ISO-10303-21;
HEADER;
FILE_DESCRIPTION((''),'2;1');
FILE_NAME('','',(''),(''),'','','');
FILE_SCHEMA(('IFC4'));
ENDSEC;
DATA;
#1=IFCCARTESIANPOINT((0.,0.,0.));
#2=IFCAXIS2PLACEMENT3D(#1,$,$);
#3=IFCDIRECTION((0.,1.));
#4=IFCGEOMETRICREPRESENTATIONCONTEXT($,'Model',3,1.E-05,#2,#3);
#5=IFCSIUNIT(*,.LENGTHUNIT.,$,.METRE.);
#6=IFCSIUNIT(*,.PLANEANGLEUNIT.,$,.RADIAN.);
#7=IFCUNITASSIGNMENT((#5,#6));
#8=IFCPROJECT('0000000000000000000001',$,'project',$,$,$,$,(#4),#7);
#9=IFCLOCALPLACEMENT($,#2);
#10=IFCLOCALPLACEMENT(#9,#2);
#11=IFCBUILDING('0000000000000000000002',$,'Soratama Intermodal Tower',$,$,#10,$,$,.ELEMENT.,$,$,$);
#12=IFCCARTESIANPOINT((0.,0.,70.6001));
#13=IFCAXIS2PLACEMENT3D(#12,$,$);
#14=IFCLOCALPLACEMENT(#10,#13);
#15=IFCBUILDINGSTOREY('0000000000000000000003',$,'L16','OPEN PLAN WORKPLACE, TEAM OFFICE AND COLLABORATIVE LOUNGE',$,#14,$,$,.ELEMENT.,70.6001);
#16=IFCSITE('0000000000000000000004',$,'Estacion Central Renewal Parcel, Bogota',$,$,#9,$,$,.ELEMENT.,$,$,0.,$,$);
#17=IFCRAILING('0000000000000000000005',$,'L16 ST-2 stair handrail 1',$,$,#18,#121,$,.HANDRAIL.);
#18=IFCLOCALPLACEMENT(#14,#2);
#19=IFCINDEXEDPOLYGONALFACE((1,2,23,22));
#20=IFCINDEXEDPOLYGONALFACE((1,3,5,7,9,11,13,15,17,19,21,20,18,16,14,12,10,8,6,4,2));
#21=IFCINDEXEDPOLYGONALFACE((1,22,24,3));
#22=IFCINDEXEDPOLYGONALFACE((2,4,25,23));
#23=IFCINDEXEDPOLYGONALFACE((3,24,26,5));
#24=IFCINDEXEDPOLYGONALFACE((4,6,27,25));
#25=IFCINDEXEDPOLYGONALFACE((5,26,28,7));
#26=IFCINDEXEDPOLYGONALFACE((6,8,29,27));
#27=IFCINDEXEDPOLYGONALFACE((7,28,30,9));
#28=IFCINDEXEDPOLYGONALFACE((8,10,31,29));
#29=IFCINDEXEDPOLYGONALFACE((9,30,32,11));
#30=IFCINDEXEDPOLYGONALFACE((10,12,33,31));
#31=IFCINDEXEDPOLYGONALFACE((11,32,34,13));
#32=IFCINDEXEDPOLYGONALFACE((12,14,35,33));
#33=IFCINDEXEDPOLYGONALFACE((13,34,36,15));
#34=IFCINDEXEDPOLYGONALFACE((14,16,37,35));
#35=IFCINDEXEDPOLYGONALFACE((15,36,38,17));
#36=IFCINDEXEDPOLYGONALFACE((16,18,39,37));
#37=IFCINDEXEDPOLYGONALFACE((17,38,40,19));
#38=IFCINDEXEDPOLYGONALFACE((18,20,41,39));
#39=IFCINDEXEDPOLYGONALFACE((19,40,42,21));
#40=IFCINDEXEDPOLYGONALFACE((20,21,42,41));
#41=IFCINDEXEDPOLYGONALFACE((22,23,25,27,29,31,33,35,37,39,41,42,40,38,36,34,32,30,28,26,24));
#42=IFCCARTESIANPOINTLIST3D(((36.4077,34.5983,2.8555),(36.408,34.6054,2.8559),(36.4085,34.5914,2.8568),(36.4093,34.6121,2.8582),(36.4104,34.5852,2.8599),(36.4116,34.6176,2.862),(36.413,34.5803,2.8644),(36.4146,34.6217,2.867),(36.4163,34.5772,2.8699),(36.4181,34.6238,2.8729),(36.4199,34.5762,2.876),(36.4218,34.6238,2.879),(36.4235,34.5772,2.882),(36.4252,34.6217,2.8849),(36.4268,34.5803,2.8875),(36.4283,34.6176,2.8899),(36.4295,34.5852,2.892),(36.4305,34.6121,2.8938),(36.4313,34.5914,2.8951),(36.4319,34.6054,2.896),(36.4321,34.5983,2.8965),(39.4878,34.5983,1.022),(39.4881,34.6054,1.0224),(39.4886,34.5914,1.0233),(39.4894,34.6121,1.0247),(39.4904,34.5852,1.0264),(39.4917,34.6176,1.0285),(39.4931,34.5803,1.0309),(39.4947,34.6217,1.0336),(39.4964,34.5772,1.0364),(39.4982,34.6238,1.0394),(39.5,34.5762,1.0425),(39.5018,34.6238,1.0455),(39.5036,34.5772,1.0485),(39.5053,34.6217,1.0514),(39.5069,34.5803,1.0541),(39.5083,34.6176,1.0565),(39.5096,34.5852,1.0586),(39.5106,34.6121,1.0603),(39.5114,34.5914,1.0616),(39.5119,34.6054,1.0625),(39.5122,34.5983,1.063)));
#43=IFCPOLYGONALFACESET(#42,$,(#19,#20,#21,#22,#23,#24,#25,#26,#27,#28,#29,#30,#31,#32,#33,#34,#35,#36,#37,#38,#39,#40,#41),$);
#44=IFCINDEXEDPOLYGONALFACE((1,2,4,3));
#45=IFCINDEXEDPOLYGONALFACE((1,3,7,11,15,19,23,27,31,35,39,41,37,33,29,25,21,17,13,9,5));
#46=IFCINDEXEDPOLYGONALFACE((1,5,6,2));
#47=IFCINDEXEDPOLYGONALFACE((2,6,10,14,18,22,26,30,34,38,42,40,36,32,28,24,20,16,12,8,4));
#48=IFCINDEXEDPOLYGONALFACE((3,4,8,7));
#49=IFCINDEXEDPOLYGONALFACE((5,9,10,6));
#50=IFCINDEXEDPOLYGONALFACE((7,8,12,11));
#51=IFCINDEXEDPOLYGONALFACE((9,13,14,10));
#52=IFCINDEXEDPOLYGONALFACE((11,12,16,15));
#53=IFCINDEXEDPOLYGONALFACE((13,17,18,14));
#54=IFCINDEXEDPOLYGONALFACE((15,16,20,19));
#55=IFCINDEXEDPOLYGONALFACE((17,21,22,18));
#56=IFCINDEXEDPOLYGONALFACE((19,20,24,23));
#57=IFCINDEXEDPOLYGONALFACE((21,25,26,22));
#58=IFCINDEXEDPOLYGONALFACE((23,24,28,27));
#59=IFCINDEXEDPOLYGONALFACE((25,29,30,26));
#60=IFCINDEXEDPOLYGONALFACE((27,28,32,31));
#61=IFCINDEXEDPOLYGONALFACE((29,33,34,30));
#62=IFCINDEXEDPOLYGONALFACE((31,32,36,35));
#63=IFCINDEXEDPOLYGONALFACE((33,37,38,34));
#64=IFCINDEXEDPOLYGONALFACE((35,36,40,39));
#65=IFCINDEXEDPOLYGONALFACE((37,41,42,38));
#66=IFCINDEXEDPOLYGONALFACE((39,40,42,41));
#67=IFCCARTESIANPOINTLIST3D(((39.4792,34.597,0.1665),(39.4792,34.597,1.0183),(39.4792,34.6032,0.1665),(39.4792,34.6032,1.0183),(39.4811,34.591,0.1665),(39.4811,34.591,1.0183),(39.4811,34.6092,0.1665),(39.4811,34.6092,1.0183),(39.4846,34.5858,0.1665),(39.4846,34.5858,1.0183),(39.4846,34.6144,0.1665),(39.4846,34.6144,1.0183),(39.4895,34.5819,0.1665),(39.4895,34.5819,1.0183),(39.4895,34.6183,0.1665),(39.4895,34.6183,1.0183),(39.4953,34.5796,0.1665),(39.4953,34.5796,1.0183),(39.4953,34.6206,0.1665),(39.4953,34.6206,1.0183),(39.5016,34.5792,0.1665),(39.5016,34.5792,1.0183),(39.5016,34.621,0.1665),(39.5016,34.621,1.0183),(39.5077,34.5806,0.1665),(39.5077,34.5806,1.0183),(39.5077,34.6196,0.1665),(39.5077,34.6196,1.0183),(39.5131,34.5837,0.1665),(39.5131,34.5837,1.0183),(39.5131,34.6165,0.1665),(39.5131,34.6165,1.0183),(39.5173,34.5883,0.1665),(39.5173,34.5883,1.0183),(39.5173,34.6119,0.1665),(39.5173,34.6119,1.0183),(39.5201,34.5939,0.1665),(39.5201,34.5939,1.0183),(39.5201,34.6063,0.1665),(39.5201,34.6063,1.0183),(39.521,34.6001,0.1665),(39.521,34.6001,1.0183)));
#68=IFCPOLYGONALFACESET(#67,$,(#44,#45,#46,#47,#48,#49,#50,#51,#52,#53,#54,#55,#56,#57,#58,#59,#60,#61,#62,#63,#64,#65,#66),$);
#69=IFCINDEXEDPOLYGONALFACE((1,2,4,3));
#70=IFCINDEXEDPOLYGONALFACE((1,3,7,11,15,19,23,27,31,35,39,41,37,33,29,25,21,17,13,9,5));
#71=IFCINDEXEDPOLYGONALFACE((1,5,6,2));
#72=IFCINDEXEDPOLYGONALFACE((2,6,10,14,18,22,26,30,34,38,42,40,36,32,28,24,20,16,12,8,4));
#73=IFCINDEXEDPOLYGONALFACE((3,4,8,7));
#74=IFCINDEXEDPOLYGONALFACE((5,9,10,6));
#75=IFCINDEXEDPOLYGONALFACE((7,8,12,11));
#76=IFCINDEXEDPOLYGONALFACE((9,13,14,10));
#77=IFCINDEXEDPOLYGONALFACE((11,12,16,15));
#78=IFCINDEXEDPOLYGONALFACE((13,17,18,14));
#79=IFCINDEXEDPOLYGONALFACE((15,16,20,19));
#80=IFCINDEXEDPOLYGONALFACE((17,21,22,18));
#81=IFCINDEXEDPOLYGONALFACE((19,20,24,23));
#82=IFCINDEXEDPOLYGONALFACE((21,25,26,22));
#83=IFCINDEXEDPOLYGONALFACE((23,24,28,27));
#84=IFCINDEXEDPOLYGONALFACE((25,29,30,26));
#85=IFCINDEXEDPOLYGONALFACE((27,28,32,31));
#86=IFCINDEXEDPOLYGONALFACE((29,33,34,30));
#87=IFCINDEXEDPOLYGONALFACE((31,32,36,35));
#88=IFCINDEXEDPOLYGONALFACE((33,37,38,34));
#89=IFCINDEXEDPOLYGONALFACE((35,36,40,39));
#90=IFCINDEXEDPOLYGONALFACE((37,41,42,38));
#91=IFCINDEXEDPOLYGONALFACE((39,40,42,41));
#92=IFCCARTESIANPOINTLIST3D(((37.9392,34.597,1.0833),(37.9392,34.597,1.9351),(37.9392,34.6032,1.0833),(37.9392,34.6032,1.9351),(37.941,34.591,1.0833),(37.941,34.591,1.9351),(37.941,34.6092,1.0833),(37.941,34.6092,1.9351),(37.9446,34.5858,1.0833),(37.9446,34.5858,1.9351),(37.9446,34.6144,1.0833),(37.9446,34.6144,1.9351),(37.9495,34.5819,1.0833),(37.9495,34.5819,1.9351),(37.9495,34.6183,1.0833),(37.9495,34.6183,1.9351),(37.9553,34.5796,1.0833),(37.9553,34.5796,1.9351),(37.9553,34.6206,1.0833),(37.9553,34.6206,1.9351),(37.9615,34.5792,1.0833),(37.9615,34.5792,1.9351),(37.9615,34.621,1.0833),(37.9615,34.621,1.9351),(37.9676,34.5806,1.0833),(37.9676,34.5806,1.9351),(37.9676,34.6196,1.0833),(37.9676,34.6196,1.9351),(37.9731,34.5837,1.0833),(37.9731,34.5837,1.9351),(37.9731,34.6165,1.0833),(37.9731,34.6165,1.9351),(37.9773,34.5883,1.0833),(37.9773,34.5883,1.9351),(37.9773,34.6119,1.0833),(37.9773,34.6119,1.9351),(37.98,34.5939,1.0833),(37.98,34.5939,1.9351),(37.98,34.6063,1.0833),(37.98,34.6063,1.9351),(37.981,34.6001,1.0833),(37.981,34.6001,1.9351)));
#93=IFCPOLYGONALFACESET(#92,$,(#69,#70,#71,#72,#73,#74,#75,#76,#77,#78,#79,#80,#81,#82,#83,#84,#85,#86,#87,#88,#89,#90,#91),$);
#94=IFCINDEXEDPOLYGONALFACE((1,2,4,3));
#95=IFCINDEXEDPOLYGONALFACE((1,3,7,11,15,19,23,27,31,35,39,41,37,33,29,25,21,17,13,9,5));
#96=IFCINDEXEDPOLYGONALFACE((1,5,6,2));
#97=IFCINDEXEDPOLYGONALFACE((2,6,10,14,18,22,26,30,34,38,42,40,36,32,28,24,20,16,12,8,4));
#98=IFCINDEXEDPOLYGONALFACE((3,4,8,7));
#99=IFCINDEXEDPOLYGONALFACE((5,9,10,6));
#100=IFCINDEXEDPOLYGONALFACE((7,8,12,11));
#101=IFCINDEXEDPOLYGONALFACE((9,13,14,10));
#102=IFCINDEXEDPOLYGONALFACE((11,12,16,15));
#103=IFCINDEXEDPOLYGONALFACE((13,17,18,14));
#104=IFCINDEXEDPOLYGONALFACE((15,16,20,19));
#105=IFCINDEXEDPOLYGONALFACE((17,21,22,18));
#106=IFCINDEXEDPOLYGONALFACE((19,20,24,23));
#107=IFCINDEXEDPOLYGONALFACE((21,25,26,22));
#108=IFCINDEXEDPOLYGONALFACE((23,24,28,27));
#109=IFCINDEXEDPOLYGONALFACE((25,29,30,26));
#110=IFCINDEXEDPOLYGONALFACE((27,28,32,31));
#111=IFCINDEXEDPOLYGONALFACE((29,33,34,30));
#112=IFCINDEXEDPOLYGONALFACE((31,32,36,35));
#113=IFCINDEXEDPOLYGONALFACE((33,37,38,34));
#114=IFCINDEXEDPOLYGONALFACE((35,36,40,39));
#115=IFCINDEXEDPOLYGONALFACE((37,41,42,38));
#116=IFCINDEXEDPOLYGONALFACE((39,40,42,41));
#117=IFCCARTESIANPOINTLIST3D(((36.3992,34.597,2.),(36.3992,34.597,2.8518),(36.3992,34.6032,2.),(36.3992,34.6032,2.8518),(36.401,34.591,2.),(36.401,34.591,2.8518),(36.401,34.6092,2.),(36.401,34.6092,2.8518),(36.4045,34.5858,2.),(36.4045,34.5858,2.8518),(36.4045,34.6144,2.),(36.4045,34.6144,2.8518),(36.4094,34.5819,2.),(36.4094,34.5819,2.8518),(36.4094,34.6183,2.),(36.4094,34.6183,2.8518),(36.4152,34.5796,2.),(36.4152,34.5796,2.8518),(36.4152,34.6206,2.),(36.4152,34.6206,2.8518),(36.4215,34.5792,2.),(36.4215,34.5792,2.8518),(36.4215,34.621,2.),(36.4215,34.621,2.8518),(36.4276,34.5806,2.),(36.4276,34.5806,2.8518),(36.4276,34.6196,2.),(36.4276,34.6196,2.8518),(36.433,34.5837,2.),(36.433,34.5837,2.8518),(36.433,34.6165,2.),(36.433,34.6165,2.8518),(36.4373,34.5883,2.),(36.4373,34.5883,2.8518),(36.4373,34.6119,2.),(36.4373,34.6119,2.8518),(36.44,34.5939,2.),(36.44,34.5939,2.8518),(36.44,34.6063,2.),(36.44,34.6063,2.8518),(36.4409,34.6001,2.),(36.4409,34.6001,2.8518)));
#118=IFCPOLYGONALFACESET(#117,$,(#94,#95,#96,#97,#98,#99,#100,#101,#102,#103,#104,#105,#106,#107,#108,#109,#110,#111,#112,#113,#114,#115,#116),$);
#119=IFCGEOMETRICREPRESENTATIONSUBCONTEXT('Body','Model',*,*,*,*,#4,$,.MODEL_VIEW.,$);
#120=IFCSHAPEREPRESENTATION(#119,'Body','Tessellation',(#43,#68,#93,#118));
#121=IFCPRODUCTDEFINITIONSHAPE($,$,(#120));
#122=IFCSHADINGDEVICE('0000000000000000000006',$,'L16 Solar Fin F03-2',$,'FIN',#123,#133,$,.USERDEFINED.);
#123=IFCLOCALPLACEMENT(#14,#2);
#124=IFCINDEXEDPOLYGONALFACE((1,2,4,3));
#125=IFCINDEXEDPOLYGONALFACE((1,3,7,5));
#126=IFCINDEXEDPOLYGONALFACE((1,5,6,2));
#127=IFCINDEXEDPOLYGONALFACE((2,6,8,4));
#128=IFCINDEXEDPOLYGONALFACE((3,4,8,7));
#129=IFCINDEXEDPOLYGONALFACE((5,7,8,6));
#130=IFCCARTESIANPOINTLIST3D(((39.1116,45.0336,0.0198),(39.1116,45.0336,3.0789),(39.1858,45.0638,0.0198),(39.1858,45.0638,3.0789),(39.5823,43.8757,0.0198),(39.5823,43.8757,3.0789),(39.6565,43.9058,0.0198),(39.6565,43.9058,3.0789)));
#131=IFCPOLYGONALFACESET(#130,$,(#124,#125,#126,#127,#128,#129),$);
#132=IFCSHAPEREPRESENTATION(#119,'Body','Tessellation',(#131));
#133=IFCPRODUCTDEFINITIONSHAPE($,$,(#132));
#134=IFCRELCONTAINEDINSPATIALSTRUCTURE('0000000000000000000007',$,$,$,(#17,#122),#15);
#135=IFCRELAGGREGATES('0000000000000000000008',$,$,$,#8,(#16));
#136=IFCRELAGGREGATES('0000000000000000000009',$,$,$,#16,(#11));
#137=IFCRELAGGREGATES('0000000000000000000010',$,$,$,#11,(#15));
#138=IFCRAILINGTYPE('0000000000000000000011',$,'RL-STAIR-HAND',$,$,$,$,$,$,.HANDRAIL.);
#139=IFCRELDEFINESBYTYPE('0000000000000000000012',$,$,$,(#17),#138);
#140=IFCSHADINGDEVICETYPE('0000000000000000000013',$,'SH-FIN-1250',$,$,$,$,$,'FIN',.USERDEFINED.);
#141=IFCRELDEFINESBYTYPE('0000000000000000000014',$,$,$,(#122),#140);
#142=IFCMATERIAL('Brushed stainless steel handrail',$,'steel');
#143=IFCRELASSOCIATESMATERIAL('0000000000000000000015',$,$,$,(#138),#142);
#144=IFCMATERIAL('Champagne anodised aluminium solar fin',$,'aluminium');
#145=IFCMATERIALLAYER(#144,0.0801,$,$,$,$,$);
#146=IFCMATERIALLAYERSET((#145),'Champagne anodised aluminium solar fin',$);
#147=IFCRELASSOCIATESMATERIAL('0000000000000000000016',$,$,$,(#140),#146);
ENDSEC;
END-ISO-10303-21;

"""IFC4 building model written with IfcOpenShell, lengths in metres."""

from ifc_helpers import new_model, si_unit, direction, frame, origin, origin_2d, place, context, subcontext, project, spatial, rectangle, circle, extrude, material, layer, layer_set, type_object, element, save


model = new_model("IFC4")

# Units and contexts
model_context = context("Model", 3, precision=1e-05, world=origin(), true_north=direction((0.0, 1.0)))
body_context = subcontext(model_context, "Body", "Model", "MODEL_VIEW")
ifc_project = project(units=[si_unit("LENGTHUNIT", "METRE"), si_unit("PLANEANGLEUNIT", "RADIAN")], contexts=[model_context])

# Site, building, storey
site_placement = place(None, origin())
site = spatial("IfcSite", under=ifc_project, at=site_placement, Name="Estacion Central Renewal Parcel, Bogota", CompositionType="ELEMENT", RefElevation=0.0)
building_placement = place(site_placement, origin())
building = spatial("IfcBuilding", under=site, at=building_placement, Name="Soratama Intermodal Tower", CompositionType="ELEMENT")
storey_placement = place(building_placement, frame((0.0, 0.0, 70.6001)))
storey = spatial("IfcBuildingStorey", under=building, at=storey_placement, Name="L16", Description="OPEN PLAN WORKPLACE, TEAM OFFICE AND COLLABORATIVE LOUNGE", CompositionType="ELEMENT", Elevation=70.6001)

# Railing
ifc_material_1 = material(Name="Brushed stainless steel handrail", Category="steel")
railing_type_1 = type_object("IfcRailingType", Name="RL-STAIR-HAND", PredefinedType="HANDRAIL", material=ifc_material_1)
railing_1_placement = place(storey_placement, frame((39.5, 34.6001, 0.1665)))
element("IfcRailing", 1, at=railing_1_placement, inside=storey, type_object=railing_type_1, Name="L16 ST-2 stair handrail 1", PredefinedType="HANDRAIL", context=body_context, shape_type="SweptSolid", body=[
    extrude(circle(Radius=0.0239, at=origin_2d()), frame((0.0, 0.0, 0.876), z_axis=(-0.859279, 0.0, 0.511508), x_axis=(0.0, -1.0, 0.0)), (0.0, 0.0, 1.0), 3.5845),
    extrude(circle(Radius=0.021, at=origin_2d()), origin(), (0.0, 0.0, 1.0), 0.8518),
    extrude(circle(Radius=0.021, at=origin_2d()), frame((-1.54, 0.0, 0.9167)), (0.0, 0.0, 1.0), 0.8518),
    extrude(circle(Radius=0.021, at=origin_2d()), frame((-3.0801, 0.0, 1.8335)), (0.0, 0.0, 1.0), 0.8518),
])

# Shading device
ifc_material_2 = material(Name="Champagne anodised aluminium solar fin", Category="aluminium")
ifc_layer_1 = layer(ifc_material_2, 0.0801)
ifc_layer_set_1 = layer_set([ifc_layer_1], Name="Champagne anodised aluminium solar fin")
shading_device_type = type_object("IfcShadingDeviceType", Name="SH-FIN-1250", ElementType="FIN", PredefinedType="USERDEFINED", material=ifc_layer_set_1)
shading_device_placement = place(storey_placement, frame((39.384, 44.4697, 0.0198), z_axis=(0.0, 0.0, 1.0), x_axis=(-0.376548, 0.926397, 0.0)))
element("IfcShadingDevice", 2, at=shading_device_placement, inside=storey, type_object=shading_device_type, Name="L16 Solar Fin F03-2", ObjectType="FIN", PredefinedType="USERDEFINED", context=body_context, shape_type="SweptSolid", body=[
    extrude(rectangle(XDim=1.25, YDim=0.0801, at=origin_2d()), origin(), (0.0, 0.0, 1.0), 3.0591),
])

save(model, "model.ifc")
